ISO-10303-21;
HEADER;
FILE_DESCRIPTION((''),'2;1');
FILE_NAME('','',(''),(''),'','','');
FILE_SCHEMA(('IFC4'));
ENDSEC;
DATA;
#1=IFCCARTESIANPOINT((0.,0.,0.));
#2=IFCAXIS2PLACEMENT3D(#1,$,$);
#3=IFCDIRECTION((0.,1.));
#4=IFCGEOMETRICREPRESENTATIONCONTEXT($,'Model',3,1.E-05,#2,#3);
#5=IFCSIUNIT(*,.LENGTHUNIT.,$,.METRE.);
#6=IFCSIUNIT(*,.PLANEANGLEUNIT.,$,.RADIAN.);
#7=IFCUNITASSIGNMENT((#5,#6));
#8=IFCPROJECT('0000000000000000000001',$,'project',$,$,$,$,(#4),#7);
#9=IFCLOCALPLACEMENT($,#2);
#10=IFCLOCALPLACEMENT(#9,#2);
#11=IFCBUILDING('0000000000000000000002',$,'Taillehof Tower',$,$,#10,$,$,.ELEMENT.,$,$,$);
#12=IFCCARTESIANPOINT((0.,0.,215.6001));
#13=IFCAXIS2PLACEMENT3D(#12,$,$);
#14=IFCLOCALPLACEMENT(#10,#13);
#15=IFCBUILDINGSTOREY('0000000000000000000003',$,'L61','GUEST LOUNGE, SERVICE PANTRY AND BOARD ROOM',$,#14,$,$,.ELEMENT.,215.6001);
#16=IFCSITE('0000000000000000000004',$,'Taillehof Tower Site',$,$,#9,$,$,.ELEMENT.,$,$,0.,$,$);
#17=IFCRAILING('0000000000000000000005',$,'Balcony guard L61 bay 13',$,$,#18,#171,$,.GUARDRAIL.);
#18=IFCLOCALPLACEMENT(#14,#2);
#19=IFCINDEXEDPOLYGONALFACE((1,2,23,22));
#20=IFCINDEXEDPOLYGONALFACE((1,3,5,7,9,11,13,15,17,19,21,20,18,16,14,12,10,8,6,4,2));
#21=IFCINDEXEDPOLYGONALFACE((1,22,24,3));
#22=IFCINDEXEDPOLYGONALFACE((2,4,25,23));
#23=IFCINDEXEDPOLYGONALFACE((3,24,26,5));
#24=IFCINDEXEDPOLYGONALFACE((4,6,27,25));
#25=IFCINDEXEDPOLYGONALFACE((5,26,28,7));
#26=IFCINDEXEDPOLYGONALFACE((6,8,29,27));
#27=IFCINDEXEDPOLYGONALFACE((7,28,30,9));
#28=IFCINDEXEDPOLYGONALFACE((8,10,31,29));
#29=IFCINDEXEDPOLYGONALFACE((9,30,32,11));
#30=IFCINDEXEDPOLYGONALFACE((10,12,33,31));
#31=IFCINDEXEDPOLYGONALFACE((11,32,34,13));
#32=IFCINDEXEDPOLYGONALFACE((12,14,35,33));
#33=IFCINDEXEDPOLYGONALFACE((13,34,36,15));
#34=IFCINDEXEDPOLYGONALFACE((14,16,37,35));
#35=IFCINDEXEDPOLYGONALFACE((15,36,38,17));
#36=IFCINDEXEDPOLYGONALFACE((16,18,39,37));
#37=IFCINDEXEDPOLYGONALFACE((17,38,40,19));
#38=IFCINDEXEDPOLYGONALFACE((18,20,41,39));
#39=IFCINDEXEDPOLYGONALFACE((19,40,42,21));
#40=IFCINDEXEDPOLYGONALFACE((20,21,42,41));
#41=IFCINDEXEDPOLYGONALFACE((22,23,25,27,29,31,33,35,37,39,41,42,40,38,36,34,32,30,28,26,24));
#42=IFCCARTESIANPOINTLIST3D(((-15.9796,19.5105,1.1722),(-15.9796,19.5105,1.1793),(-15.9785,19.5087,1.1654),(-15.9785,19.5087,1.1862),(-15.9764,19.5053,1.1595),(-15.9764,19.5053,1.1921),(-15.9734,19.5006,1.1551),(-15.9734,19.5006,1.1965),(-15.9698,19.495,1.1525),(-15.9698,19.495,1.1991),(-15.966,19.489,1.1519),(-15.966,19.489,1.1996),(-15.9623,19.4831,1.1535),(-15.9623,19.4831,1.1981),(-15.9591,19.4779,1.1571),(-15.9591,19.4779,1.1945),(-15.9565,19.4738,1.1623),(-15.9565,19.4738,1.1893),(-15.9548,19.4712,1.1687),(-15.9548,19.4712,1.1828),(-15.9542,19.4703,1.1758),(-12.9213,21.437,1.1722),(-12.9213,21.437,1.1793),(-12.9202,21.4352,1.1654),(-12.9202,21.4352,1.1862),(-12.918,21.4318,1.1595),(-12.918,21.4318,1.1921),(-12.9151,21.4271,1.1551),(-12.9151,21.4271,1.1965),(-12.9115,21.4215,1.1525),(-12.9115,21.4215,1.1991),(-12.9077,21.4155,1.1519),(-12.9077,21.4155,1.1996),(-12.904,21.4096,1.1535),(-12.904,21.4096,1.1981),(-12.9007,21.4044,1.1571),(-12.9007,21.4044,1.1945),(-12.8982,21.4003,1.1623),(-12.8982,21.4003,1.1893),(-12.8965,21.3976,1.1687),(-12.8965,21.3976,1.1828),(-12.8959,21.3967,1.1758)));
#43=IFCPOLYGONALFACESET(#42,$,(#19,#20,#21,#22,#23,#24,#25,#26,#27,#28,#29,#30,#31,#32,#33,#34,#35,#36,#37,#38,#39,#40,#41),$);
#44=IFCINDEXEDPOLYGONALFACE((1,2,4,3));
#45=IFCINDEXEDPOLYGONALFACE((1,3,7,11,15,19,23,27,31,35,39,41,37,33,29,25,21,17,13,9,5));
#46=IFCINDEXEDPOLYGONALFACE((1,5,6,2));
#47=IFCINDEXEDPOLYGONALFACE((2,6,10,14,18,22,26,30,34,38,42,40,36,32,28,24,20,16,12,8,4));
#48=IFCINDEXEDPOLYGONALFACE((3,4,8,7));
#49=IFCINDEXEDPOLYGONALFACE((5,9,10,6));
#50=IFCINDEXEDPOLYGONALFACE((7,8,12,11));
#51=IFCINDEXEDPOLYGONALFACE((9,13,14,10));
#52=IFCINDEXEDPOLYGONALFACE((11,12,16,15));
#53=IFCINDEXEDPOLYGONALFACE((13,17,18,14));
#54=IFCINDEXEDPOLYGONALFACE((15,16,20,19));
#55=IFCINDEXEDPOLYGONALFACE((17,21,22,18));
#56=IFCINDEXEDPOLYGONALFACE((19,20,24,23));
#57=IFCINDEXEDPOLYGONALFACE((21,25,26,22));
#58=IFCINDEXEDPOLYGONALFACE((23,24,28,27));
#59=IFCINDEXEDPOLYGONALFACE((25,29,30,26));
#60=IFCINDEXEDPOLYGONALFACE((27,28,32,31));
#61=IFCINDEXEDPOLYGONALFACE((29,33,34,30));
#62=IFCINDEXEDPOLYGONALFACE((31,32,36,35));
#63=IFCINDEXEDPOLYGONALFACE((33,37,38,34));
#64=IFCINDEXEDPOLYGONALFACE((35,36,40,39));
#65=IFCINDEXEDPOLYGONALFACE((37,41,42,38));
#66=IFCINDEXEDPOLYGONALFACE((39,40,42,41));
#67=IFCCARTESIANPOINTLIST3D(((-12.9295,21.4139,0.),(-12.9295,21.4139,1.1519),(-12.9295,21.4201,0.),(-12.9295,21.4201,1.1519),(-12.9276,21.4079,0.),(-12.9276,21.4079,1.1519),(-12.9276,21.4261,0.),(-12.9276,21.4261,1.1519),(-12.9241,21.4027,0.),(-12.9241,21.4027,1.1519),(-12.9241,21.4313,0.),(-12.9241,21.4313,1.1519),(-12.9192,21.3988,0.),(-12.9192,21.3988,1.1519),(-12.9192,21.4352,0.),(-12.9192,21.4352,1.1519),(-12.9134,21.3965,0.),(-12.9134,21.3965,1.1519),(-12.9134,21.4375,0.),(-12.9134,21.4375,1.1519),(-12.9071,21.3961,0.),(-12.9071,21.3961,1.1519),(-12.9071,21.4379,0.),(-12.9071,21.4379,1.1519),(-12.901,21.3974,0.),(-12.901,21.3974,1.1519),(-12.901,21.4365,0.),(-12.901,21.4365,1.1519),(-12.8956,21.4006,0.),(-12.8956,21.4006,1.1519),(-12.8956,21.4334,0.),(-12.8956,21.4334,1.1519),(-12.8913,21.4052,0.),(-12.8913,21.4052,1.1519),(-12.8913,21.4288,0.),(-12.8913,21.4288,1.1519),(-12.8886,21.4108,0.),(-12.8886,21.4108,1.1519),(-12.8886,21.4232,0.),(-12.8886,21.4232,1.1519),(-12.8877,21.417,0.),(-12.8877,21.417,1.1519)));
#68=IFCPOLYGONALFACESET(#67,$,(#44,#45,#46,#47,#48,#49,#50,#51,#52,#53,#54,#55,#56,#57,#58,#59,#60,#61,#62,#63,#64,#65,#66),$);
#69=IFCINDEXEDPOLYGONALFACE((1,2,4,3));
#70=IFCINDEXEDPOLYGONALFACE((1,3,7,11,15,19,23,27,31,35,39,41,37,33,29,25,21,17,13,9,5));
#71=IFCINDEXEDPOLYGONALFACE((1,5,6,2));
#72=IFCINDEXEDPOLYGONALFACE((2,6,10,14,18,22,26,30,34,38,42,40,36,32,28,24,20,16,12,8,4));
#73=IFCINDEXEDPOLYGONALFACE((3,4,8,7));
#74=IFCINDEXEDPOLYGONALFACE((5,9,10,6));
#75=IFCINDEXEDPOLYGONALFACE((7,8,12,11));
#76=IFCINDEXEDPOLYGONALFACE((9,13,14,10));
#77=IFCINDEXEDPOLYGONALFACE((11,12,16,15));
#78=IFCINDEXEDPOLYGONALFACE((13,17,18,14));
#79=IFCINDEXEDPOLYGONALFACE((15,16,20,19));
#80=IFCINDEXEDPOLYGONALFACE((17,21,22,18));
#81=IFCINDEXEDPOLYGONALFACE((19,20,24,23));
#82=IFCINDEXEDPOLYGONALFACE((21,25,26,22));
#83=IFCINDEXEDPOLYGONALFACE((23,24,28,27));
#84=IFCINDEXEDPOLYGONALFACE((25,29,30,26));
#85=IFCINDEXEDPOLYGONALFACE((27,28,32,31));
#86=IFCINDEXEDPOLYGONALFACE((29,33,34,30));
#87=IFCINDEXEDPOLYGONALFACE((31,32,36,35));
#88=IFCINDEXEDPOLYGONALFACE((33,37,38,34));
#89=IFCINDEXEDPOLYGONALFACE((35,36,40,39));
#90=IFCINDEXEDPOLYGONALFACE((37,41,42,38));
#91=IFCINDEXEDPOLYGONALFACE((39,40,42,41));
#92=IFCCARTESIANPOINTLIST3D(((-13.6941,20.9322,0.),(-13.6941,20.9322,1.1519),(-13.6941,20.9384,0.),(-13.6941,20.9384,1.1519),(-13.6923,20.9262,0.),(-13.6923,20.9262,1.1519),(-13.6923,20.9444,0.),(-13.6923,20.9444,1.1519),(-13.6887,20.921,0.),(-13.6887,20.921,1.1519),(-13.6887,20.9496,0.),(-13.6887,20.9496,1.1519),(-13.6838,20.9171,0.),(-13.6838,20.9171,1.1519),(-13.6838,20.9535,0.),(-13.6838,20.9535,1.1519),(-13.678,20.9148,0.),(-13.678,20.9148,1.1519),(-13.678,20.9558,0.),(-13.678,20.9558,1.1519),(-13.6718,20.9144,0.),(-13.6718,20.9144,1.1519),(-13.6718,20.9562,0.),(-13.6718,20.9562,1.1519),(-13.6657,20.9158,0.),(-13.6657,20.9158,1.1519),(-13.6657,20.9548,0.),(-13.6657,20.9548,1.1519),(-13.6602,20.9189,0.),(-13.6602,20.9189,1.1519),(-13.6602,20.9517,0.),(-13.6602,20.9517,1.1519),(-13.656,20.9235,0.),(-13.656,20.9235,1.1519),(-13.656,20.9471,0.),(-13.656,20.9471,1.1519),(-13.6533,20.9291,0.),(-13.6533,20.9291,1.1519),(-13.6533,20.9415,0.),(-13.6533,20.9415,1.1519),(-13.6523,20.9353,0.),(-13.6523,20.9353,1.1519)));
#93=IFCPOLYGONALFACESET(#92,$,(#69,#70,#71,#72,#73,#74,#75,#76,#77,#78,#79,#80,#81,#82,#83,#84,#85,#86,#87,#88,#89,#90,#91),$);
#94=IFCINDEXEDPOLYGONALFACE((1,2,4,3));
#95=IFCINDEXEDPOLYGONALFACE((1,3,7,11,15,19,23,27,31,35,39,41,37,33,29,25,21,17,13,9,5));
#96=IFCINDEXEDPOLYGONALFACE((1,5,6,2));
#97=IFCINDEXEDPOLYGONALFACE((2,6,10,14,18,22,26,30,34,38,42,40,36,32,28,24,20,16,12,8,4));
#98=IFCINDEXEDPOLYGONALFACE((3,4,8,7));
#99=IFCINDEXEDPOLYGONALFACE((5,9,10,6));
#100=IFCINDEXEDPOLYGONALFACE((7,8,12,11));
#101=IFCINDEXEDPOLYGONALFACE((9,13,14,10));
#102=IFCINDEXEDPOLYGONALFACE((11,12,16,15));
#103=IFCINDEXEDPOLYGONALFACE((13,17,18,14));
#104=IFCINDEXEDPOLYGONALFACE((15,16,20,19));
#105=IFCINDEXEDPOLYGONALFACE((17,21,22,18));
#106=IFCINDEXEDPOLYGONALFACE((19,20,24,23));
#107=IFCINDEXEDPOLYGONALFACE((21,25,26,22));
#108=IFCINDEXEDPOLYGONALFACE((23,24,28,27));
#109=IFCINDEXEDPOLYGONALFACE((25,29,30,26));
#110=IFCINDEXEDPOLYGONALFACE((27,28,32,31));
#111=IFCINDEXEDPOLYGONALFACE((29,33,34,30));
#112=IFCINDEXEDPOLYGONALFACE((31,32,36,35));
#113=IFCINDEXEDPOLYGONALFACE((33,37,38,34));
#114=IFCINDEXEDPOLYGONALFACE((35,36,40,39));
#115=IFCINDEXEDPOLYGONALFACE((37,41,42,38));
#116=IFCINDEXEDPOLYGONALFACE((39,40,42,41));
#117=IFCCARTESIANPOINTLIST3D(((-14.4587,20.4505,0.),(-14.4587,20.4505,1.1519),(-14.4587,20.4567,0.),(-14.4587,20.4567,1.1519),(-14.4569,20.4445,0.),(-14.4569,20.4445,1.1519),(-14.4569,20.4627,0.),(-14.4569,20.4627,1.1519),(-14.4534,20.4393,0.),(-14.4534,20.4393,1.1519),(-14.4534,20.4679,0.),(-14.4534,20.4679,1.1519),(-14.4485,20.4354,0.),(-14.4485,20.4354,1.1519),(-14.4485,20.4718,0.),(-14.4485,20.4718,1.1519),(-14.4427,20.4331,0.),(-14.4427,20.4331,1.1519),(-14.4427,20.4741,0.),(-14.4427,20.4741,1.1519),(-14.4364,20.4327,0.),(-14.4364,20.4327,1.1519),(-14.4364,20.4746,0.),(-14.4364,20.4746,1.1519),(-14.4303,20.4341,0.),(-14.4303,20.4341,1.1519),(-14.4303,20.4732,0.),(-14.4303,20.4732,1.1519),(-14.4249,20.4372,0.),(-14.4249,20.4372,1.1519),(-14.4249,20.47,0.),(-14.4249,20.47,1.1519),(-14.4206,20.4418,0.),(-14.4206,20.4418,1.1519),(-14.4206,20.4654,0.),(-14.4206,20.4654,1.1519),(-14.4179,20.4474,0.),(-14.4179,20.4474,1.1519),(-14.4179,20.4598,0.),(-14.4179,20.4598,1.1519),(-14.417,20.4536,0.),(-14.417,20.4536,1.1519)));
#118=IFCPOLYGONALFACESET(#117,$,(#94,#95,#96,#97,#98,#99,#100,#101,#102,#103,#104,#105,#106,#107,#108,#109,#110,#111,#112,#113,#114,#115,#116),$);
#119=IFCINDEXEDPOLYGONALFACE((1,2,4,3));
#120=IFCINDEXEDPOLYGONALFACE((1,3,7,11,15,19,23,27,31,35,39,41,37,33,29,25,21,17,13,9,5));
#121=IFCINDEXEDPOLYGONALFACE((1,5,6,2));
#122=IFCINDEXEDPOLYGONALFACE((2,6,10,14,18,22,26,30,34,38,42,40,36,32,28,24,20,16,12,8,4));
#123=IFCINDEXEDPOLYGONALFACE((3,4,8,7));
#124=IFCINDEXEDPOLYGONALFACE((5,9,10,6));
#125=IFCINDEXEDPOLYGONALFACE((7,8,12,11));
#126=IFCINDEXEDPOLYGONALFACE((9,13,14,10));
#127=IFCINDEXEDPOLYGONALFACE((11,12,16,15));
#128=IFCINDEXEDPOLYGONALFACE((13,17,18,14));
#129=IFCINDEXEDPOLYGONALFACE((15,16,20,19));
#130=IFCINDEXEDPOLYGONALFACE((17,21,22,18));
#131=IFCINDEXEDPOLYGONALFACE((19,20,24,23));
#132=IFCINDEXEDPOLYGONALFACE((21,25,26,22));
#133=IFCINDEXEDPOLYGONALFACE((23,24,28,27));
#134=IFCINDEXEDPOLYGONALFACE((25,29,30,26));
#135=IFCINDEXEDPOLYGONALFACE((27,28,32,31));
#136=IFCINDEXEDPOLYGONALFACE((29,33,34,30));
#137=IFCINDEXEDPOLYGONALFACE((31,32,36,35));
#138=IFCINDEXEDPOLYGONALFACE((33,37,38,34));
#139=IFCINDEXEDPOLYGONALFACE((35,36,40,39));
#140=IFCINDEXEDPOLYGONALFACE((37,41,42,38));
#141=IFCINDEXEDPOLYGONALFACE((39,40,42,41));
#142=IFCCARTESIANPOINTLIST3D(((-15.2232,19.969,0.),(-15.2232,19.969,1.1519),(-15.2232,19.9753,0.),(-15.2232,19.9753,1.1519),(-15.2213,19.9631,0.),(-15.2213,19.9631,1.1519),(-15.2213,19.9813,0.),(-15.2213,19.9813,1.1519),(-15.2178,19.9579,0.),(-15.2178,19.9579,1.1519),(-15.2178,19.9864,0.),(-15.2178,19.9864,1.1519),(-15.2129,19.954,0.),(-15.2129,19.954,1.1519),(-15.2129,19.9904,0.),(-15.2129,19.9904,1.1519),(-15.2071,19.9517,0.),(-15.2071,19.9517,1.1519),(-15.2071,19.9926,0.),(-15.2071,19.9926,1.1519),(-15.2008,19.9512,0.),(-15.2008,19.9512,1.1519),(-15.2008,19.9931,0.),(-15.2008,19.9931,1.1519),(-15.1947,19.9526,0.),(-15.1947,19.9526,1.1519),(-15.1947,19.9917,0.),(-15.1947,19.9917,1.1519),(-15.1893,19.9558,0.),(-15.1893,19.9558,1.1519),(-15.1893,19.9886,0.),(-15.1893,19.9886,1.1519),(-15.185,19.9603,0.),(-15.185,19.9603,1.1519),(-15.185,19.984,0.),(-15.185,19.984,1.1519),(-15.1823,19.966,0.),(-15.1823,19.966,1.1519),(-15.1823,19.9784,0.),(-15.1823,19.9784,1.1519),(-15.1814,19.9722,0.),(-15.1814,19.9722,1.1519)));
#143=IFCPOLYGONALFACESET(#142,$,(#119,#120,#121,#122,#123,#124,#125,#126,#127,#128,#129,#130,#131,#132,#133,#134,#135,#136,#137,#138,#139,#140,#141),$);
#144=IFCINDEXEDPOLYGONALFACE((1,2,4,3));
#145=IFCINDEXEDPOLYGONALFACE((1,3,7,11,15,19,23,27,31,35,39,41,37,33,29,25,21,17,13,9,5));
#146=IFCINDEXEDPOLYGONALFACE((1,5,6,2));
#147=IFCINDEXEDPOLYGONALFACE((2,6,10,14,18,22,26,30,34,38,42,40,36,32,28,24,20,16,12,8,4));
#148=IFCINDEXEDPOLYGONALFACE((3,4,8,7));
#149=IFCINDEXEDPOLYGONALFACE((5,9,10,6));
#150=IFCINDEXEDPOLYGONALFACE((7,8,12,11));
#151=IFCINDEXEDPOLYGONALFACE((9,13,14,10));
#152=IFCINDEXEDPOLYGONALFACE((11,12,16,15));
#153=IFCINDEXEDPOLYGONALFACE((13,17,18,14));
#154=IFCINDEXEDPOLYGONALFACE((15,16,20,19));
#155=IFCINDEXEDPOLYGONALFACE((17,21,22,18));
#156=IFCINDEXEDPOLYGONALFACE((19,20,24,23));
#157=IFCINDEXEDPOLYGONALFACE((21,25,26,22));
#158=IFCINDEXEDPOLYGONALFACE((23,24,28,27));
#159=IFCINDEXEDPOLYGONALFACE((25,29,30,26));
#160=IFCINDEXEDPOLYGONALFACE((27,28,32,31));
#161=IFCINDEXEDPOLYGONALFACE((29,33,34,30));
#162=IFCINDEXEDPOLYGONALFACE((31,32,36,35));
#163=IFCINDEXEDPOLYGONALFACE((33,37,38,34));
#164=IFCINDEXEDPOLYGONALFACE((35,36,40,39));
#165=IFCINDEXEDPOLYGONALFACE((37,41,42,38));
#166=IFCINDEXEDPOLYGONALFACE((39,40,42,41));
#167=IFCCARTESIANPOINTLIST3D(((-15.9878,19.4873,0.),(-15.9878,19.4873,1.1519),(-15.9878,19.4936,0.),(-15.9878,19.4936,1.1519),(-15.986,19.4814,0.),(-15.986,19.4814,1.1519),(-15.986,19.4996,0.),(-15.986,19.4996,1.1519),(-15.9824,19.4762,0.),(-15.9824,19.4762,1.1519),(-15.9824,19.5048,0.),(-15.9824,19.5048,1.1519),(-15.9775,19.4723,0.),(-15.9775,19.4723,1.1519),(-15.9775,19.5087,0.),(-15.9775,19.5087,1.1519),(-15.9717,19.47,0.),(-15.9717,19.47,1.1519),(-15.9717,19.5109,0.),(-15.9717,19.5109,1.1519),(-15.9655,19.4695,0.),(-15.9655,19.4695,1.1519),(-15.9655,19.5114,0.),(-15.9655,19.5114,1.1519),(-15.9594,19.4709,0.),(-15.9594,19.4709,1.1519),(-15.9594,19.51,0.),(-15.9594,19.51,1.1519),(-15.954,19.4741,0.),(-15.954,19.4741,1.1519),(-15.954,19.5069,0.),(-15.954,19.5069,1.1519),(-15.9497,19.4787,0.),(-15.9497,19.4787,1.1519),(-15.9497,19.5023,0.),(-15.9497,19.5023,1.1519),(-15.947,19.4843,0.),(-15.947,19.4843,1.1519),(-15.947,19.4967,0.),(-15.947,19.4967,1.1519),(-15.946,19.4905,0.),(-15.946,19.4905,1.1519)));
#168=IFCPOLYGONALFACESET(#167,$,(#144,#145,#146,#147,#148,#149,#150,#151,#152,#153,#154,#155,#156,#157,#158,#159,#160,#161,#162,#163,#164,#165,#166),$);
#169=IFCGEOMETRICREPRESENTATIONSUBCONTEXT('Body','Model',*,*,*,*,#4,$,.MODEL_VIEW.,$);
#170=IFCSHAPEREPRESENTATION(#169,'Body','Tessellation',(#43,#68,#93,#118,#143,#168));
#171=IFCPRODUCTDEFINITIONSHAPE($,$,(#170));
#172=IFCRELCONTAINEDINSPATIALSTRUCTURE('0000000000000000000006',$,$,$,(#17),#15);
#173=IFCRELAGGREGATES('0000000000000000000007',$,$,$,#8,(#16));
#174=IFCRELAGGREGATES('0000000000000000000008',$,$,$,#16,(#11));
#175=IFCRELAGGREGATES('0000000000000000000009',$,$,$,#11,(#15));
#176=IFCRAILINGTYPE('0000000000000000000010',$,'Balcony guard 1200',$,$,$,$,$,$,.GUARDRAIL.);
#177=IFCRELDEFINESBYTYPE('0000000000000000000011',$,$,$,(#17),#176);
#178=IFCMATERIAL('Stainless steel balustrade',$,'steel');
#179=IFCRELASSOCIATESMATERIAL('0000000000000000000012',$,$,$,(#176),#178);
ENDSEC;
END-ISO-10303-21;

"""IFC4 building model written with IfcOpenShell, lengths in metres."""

from ifc_helpers import new_model, si_unit, direction, frame, origin, origin_2d, place, context, subcontext, project, spatial, circle, extrude, material, type_object, element, save


model = new_model("IFC4")

# Units and contexts
model_context = context("Model", 3, precision=1e-05, world=origin(), true_north=direction((0.0, 1.0)))
body_context = subcontext(model_context, "Body", "Model", "MODEL_VIEW")
ifc_project = project(units=[si_unit("LENGTHUNIT", "METRE"), si_unit("PLANEANGLEUNIT", "RADIAN")], contexts=[model_context])

# Site, building, storey
site_placement = place(None, origin())
site = spatial("IfcSite", under=ifc_project, at=site_placement, Name="Taillehof Tower Site", CompositionType="ELEMENT", RefElevation=0.0)
building_placement = place(site_placement, origin())
building = spatial("IfcBuilding", under=site, at=building_placement, Name="Taillehof Tower", CompositionType="ELEMENT")
storey_placement = place(building_placement, frame((0.0, 0.0, 215.6001)))
storey = spatial("IfcBuildingStorey", under=building, at=storey_placement, Name="L61", Description="GUEST LOUNGE, SERVICE PANTRY AND BOARD ROOM", CompositionType="ELEMENT", Elevation=215.6001)

# Railing
ifc_material_1 = material(Name="Stainless steel balustrade", Category="steel")
railing_type_1 = type_object("IfcRailingType", Name="Balcony guard 1200", PredefinedType="GUARDRAIL", material=ifc_material_1)
railing_1_placement = place(storey_placement, frame((-12.9087, 21.417, 0.0)))
element("IfcRailing", 1, at=railing_1_placement, inside=storey, type_object=railing_type_1, Name="Balcony guard L61 bay 13", PredefinedType="GUARDRAIL", context=body_context, shape_type="SweptSolid", body=[
    extrude(circle(Radius=0.0239, at=origin_2d()), frame((0.0, 0.0, 1.1758), z_axis=(-0.846122, -0.532989, 0.0), x_axis=(0.532989, -0.846122, 0.0)), (0.0, 0.0, 1.0), 3.6145),
    extrude(circle(Radius=0.021, at=origin_2d()), origin(), (0.0, 0.0, 1.0), 1.1519),
    extrude(circle(Radius=0.021, at=origin_2d()), frame((-0.7646, -0.4817, 0.0)), (0.0, 0.0, 1.0), 1.1519),
    extrude(circle(Radius=0.021, at=origin_2d()), frame((-1.5293, -0.9634, 0.0)), (0.0, 0.0, 1.0), 1.1519),
    extrude(circle(Radius=0.021, at=origin_2d()), frame((-2.2937, -1.4448, 0.0)), (0.0, 0.0, 1.0), 1.1519),
    extrude(circle(Radius=0.021, at=origin_2d()), frame((-3.0583, -1.9265, 0.0)), (0.0, 0.0, 1.0), 1.1519),
])

save(model, "model.ifc")
